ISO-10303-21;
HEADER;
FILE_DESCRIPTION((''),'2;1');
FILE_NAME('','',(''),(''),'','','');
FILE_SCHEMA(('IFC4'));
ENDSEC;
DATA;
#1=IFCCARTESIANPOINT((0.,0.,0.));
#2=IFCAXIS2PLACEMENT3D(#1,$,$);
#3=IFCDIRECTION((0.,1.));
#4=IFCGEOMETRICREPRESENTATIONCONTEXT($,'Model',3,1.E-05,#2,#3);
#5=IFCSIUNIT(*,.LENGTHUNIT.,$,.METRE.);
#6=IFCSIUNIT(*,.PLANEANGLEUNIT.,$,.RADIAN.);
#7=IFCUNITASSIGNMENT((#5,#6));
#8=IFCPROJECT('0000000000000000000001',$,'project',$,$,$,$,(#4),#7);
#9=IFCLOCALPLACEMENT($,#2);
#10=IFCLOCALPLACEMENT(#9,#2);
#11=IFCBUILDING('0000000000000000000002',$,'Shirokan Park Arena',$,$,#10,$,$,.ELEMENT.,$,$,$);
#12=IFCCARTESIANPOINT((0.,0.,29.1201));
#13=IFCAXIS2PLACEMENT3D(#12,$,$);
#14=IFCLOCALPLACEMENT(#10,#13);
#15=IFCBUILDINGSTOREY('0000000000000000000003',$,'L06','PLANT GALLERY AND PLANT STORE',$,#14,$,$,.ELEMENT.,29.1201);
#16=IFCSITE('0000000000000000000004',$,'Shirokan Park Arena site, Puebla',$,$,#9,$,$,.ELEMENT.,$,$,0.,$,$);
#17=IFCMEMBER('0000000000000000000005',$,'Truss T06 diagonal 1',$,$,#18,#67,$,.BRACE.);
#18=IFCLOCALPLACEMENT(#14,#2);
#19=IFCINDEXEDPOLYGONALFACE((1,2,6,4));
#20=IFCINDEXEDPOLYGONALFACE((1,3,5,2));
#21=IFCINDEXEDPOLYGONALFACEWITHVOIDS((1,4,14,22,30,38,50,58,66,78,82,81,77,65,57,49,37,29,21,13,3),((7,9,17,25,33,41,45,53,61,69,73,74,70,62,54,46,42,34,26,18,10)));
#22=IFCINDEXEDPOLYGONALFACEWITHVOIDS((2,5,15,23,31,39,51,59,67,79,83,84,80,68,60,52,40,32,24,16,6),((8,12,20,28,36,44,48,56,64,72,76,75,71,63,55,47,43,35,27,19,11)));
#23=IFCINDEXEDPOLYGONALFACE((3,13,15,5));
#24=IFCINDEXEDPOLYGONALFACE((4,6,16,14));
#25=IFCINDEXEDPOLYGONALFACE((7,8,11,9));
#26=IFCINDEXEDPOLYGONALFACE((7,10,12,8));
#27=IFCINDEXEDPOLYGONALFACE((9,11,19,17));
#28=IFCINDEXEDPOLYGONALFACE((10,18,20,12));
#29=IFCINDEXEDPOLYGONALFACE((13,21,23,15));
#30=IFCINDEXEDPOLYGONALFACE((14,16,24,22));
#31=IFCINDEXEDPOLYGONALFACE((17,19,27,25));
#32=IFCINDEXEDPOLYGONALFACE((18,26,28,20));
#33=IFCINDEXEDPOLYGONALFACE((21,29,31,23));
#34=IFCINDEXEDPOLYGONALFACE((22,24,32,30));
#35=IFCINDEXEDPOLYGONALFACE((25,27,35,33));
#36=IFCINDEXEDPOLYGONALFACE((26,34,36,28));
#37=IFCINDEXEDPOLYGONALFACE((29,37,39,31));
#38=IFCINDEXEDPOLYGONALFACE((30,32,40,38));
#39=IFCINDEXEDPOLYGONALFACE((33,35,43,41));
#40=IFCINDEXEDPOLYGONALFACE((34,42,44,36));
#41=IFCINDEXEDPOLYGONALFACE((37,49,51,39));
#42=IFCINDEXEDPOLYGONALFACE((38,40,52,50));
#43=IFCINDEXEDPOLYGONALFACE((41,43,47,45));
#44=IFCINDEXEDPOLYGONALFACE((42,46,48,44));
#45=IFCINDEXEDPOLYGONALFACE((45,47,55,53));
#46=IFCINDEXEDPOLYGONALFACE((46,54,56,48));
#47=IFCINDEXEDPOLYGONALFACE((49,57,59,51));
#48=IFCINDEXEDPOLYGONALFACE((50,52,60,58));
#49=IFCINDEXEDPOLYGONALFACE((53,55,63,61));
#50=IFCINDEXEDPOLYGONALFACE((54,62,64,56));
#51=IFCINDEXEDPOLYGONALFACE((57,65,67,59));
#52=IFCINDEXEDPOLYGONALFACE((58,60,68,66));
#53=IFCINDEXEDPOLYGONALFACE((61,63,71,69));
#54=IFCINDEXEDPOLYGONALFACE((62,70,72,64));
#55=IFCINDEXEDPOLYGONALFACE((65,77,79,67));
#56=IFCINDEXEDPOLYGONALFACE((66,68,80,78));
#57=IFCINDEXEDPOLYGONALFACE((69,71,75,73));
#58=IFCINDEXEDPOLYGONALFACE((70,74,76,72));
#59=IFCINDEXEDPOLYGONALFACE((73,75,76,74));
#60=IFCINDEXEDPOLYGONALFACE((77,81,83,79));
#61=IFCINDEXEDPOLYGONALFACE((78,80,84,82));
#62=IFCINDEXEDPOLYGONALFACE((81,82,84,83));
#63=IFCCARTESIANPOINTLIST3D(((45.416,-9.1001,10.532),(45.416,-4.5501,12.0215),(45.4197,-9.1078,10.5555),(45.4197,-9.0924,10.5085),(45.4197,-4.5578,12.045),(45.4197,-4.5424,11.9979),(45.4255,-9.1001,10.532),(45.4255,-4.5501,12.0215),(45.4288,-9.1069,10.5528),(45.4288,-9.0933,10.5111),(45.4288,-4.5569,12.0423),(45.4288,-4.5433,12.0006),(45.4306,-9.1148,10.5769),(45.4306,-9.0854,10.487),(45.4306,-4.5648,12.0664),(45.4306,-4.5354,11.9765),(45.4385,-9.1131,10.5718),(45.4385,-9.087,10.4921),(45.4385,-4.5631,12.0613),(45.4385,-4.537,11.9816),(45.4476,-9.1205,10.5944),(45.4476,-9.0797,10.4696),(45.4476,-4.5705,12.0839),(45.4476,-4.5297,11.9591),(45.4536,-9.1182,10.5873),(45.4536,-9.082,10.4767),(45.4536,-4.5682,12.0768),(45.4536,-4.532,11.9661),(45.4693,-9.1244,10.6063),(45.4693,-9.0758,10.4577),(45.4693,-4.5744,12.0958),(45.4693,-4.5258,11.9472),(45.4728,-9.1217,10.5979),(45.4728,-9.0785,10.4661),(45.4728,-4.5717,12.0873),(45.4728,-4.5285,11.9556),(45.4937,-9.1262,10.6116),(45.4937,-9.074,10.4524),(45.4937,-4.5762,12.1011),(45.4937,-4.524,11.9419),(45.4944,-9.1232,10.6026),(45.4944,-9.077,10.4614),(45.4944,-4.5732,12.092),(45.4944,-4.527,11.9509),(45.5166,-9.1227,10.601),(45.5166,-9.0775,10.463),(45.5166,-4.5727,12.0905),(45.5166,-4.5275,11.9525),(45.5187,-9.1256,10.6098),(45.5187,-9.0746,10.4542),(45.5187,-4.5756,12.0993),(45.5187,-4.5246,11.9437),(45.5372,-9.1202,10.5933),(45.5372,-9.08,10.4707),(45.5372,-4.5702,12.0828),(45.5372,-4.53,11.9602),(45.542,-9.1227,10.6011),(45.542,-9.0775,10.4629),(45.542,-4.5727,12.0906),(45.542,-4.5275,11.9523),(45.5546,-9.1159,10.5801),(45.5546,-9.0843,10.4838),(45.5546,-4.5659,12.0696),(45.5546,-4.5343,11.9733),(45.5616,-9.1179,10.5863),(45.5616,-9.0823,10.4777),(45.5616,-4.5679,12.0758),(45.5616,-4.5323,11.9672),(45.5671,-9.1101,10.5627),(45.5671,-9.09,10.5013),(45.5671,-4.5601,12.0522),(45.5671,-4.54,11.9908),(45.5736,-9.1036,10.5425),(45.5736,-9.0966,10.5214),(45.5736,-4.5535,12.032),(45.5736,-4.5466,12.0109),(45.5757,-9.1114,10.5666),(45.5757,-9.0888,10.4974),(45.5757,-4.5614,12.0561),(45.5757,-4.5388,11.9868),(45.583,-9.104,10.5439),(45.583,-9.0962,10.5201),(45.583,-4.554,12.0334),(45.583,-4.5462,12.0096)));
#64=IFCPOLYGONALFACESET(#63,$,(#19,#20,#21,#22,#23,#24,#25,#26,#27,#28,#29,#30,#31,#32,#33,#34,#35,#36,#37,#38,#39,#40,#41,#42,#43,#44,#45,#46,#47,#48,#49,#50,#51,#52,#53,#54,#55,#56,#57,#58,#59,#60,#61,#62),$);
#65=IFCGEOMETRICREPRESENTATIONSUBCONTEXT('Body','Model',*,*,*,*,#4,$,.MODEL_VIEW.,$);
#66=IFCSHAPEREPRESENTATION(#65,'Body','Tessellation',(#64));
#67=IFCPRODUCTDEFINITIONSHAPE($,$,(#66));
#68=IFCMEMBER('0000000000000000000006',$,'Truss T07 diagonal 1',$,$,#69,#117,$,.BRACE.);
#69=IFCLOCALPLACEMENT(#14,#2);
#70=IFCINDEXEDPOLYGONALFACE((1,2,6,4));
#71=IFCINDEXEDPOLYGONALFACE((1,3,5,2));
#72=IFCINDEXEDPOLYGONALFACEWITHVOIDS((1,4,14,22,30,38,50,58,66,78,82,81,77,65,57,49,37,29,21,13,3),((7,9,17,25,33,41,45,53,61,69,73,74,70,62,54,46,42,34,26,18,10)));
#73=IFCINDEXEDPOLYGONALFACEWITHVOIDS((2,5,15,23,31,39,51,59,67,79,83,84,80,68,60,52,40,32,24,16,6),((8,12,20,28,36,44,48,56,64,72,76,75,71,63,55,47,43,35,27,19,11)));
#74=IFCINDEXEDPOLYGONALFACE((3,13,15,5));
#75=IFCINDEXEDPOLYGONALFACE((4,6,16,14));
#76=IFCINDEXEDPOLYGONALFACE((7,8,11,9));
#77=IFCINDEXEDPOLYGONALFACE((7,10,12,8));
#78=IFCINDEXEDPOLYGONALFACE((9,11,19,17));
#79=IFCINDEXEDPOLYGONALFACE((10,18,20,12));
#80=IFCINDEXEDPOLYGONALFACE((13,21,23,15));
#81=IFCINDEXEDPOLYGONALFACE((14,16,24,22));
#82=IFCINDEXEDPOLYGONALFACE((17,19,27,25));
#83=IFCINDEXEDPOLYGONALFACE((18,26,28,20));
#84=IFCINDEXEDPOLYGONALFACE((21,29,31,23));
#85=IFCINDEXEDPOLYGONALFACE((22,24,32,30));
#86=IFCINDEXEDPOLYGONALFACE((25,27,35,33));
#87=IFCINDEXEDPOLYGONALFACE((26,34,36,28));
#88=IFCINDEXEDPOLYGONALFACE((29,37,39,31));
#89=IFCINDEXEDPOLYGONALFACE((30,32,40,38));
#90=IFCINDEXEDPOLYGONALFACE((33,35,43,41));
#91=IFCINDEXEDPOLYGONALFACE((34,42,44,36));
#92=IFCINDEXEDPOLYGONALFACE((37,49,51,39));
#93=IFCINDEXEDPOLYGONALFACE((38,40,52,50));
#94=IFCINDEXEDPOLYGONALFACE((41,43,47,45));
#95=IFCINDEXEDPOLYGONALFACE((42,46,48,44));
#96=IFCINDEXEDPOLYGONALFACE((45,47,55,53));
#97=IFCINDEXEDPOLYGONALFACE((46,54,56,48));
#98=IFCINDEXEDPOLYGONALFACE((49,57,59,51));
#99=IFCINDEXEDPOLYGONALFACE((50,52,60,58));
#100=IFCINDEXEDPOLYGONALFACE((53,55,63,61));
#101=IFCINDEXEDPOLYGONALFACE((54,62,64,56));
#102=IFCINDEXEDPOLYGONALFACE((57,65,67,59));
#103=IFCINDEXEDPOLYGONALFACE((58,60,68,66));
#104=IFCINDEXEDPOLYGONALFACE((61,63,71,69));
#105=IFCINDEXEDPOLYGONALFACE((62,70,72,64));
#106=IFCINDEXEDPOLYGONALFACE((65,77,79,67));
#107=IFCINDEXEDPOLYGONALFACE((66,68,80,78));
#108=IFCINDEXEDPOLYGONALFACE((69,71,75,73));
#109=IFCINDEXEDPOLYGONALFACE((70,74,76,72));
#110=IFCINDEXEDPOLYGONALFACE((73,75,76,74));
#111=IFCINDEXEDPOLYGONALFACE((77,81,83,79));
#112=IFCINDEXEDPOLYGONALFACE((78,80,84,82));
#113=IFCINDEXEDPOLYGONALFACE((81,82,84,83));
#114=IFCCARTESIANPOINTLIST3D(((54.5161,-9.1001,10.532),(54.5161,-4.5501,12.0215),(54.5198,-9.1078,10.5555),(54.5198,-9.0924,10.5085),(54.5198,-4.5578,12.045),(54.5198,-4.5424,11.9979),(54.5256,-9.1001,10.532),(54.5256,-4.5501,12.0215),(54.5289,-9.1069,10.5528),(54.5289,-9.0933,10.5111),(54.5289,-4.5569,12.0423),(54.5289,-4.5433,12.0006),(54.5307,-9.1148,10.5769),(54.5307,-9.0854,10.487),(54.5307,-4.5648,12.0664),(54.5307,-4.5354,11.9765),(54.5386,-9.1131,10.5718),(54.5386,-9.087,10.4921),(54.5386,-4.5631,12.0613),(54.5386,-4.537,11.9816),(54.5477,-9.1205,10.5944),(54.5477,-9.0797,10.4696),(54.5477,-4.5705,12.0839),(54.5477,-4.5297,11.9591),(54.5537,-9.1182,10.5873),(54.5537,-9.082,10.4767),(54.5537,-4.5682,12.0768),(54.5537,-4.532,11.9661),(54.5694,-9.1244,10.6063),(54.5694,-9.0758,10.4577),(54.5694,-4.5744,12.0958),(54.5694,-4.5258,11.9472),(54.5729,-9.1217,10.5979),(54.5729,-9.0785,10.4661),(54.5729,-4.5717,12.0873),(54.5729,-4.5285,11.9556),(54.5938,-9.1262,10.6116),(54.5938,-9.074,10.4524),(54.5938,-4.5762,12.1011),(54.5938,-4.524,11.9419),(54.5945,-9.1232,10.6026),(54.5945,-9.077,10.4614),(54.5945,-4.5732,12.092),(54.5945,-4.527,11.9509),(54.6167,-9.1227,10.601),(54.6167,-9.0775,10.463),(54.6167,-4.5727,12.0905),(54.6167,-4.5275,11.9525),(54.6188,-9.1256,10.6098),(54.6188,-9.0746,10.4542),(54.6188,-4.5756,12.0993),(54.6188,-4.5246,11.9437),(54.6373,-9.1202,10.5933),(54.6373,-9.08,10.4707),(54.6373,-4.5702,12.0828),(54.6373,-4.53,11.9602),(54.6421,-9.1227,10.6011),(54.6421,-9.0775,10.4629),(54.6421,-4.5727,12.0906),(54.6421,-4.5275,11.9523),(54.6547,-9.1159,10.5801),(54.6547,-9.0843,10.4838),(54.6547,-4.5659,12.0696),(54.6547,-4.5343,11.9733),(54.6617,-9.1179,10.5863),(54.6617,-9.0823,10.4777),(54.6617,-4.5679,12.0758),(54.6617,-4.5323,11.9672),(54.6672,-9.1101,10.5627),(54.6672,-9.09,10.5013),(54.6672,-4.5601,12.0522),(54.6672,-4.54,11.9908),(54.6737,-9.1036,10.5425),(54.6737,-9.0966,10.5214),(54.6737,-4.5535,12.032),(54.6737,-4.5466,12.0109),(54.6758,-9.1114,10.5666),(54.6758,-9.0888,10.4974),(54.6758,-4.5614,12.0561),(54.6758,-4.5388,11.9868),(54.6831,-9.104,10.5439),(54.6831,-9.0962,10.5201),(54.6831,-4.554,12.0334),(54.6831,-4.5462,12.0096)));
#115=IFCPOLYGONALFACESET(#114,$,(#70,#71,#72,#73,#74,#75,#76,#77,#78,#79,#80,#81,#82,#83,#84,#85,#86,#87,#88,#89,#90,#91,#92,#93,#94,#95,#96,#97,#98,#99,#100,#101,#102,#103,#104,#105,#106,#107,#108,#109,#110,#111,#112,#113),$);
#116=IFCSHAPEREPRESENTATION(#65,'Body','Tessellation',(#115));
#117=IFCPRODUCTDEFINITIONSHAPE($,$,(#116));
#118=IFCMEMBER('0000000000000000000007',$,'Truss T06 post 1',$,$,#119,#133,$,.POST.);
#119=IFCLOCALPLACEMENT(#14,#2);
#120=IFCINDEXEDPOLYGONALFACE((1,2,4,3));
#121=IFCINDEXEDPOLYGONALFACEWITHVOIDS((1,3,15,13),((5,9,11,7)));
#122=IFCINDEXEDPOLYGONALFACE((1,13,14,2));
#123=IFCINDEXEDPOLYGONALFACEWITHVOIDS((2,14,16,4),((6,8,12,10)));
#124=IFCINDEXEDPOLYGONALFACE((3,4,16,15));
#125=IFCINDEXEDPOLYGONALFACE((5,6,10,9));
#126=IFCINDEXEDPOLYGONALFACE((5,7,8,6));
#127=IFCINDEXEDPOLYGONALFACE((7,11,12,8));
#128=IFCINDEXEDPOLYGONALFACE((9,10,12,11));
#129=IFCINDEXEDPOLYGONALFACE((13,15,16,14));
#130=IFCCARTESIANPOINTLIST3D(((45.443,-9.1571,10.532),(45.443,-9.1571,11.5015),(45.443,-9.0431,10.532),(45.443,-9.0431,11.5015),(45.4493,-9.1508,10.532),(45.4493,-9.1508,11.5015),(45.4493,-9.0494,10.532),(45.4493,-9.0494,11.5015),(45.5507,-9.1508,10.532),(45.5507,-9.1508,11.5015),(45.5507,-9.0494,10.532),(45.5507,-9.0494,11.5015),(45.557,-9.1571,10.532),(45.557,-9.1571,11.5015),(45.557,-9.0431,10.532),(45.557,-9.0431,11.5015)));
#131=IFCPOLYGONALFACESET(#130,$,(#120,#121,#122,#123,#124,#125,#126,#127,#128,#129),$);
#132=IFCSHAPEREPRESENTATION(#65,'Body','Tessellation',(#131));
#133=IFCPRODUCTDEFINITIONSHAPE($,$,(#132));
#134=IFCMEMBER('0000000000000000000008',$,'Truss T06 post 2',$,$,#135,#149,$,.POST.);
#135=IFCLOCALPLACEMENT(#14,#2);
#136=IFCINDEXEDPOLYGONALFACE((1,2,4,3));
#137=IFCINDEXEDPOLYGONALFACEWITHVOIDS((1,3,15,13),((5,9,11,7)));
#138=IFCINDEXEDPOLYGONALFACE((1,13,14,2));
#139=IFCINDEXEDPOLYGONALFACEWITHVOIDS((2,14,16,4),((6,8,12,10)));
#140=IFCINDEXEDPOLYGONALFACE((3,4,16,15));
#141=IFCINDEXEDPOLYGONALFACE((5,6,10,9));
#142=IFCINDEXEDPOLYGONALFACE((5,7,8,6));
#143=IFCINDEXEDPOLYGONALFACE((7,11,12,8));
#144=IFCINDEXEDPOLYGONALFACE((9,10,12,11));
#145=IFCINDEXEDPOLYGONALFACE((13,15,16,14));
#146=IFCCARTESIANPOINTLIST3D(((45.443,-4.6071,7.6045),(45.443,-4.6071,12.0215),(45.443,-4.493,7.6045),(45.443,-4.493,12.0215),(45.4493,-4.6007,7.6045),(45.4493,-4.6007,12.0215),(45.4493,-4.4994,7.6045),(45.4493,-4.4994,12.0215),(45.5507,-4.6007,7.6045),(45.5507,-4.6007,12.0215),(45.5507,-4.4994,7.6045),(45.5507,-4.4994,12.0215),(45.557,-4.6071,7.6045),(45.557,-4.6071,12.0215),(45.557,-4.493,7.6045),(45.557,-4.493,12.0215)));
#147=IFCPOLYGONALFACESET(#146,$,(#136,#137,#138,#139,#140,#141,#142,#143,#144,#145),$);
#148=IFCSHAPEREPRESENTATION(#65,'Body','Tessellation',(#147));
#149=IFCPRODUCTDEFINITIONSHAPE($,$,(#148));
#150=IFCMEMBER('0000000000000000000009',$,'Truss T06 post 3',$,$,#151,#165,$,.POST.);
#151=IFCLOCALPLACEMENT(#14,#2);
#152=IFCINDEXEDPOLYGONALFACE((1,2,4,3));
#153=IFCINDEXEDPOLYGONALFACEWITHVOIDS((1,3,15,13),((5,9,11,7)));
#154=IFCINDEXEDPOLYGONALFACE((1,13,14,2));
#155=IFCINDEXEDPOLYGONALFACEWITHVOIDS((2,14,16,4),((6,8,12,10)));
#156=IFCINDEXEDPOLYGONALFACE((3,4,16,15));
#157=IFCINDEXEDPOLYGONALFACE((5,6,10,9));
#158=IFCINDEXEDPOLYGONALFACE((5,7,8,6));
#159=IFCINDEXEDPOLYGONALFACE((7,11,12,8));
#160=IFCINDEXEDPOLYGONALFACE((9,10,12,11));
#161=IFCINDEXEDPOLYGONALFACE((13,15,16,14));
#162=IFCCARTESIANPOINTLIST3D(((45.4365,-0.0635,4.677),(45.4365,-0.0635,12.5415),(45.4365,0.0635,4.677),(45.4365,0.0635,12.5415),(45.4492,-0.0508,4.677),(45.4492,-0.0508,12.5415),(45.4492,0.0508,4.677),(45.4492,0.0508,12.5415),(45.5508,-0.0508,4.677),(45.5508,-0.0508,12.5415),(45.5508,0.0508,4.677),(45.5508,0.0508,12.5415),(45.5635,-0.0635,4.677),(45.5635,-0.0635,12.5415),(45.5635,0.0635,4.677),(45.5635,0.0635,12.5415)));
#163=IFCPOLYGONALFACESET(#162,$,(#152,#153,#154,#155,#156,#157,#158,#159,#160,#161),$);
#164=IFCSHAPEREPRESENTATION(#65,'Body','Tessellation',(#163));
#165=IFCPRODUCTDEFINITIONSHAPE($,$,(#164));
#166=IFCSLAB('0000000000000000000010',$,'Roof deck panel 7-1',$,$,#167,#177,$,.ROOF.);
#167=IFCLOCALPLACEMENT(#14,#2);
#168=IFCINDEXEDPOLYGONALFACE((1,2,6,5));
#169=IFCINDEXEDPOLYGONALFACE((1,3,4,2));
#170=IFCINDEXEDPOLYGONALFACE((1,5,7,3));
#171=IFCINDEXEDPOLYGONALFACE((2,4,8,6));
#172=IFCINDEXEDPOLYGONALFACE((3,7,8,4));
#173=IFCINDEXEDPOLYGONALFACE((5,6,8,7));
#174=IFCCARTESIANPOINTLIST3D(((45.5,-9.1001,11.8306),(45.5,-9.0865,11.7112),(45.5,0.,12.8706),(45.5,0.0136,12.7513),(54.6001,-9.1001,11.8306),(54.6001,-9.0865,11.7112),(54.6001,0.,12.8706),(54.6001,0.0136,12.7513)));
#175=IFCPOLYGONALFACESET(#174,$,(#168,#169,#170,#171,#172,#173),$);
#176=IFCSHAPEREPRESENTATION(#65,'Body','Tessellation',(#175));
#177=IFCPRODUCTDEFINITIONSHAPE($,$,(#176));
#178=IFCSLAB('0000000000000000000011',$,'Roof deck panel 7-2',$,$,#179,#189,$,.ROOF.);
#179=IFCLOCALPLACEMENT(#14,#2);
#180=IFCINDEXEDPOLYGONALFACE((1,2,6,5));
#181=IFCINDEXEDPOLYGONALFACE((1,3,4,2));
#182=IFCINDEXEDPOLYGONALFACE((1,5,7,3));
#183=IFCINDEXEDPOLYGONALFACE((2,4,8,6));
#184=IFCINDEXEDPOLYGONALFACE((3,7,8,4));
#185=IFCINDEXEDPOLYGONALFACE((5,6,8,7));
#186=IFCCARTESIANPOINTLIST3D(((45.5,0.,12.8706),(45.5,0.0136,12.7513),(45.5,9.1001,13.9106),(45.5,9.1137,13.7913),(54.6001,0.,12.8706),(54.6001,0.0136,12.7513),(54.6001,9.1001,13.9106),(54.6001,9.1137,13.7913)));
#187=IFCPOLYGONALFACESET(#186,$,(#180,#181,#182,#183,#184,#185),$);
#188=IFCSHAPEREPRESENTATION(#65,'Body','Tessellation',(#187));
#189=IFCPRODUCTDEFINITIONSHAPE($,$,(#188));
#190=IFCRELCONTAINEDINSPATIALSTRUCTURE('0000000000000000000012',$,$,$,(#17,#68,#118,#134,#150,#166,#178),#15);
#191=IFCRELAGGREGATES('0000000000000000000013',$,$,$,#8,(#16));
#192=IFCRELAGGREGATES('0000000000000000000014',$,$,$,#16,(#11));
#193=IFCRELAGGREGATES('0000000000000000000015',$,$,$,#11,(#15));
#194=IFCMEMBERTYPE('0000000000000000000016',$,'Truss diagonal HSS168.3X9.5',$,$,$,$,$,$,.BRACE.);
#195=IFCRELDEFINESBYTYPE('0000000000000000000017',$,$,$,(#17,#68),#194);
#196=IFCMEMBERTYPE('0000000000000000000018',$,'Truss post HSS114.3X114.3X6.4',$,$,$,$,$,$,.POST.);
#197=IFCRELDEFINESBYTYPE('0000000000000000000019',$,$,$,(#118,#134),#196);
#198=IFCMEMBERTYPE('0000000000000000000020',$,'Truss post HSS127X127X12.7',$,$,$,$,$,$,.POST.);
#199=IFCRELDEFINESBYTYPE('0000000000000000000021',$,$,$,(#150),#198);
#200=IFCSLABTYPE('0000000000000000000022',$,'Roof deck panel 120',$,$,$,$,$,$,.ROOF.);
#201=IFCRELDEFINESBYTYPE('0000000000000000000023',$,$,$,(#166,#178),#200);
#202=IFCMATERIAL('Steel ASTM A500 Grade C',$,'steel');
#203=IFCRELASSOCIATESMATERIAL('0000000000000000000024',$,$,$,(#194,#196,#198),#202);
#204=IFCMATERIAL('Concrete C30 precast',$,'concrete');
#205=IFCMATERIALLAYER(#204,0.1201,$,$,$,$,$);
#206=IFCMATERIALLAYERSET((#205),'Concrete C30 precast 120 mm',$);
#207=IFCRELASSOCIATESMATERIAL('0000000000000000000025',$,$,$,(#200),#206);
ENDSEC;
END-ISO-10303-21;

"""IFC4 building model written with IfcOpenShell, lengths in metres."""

from ifc_helpers import new_model, si_unit, direction, frame, origin, origin_2d, place, context, subcontext, project, spatial, polyline, hollow_rectangle, hollow_circle, outline, extrude, material, layer, layer_set, material_profile, profile_set, type_object, element, save


model = new_model("IFC4")

# Units and contexts
model_context = context("Model", 3, precision=1e-05, world=origin(), true_north=direction((0.0, 1.0)))
body_context = subcontext(model_context, "Body", "Model", "MODEL_VIEW")
ifc_project = project(units=[si_unit("LENGTHUNIT", "METRE"), si_unit("PLANEANGLEUNIT", "RADIAN")], contexts=[model_context])

# Site, building, storey
site_placement = place(None, origin())
site = spatial("IfcSite", under=ifc_project, at=site_placement, Name="Shirokan Park Arena site, Puebla", CompositionType="ELEMENT", RefElevation=0.0)
building_placement = place(site_placement, origin())
building = spatial("IfcBuilding", under=site, at=building_placement, Name="Shirokan Park Arena", CompositionType="ELEMENT")
storey_placement = place(building_placement, frame((0.0, 0.0, 29.1201)))
storey = spatial("IfcBuildingStorey", under=building, at=storey_placement, Name="L06", Description="PLANT GALLERY AND PLANT STORE", CompositionType="ELEMENT", Elevation=29.1201)

# Shared definitions
ifc_material_1 = material(Name="Steel ASTM A500 Grade C", Category="steel")

# Members
ifc_material_profile_1 = material_profile(ifc_material_1, hollow_circle(Radius=0.084, WallThickness=0.0095, at=origin_2d()), Name="HSS168.3X9.5")
ifc_profile_set_1 = profile_set([ifc_material_profile_1], Name="Steel ASTM A500 Grade C")
member_type_1 = type_object("IfcMemberType", Name="Truss diagonal HSS168.3X9.5", PredefinedType="BRACE", material=ifc_profile_set_1)
for number, where, z_axis, x_axis, name in (
    (1, (45.5, -9.1001, 10.532), (0.0, 0.950373, 0.311114), (-1.0, 0.0, 0.0), "Truss T06 diagonal 1"),
    (2, (54.6001, -9.1001, 10.532), (0.0, 0.950373, 0.311114), (-1.0, 0.0, 0.0), "Truss T07 diagonal 1"),
):
    element("IfcMember", number, at=place(storey_placement, frame(where, z_axis=z_axis, x_axis=x_axis)), inside=storey, type_object=member_type_1, Name=name, PredefinedType="BRACE", context=body_context, shape_type="SweptSolid", body=[
        extrude(hollow_circle(Radius=0.084, WallThickness=0.0095, at=origin_2d()), origin(), (0.0, 0.0, 1.0), 4.7876),
    ])
ifc_material_profile_2 = material_profile(ifc_material_1, hollow_rectangle(XDim=0.114, YDim=0.114, WallThickness=0.0063, at=origin_2d()), Name="HSS114.3X114.3X6.4")
ifc_profile_set_2 = profile_set([ifc_material_profile_2], Name="Steel ASTM A500 Grade C")
member_type_2 = type_object("IfcMemberType", Name="Truss post HSS114.3X114.3X6.4", PredefinedType="POST", material=ifc_profile_set_2)
member_1_placement = place(storey_placement, frame((45.5, -9.1001, 10.532), z_axis=(0.0, 0.0, 1.0), x_axis=(1.0, 0.0, 0.0)))
element("IfcMember", 3, at=member_1_placement, inside=storey, type_object=member_type_2, Name="Truss T06 post 1", PredefinedType="POST", context=body_context, shape_type="SweptSolid", body=[
    extrude(hollow_rectangle(XDim=0.114, YDim=0.114, WallThickness=0.0063, at=origin_2d()), origin(), (0.0, 0.0, 1.0), 0.9695),
])
member_2_placement = place(storey_placement, frame((45.5, -4.55, 7.6045), z_axis=(0.0, 0.0, 1.0), x_axis=(1.0, 0.0, 0.0)))
element("IfcMember", 4, at=member_2_placement, inside=storey, type_object=member_type_2, Name="Truss T06 post 2", PredefinedType="POST", context=body_context, shape_type="SweptSolid", body=[
    extrude(hollow_rectangle(XDim=0.114, YDim=0.114, WallThickness=0.0063, at=origin_2d()), origin(), (0.0, 0.0, 1.0), 4.417),
])
ifc_material_profile_3 = material_profile(ifc_material_1, hollow_rectangle(XDim=0.127, YDim=0.127, WallThickness=0.0127, at=origin_2d()), Name="HSS127X127X12.7")
ifc_profile_set_3 = profile_set([ifc_material_profile_3], Name="Steel ASTM A500 Grade C")
member_type_3 = type_object("IfcMemberType", Name="Truss post HSS127X127X12.7", PredefinedType="POST", material=ifc_profile_set_3)
member_3_placement = place(storey_placement, frame((45.5, 0.0, 4.677), z_axis=(0.0, 0.0, 1.0), x_axis=(1.0, 0.0, 0.0)))
element("IfcMember", 5, at=member_3_placement, inside=storey, type_object=member_type_3, Name="Truss T06 post 3", PredefinedType="POST", context=body_context, shape_type="SweptSolid", body=[
    extrude(hollow_rectangle(XDim=0.127, YDim=0.127, WallThickness=0.0127, at=origin_2d()), origin(), (0.0, 0.0, 1.0), 7.8645),
])

# Slabs
ifc_material_2 = material(Name="Concrete C30 precast", Category="concrete")
ifc_layer_1 = layer(ifc_material_2, 0.1201)
ifc_layer_set_1 = layer_set([ifc_layer_1], Name="Concrete C30 precast 120 mm")
slab_type = type_object("IfcSlabType", Name="Roof deck panel 120", PredefinedType="ROOF", material=ifc_layer_set_1)
for number, where, z_axis, x_axis, name in (
    (6, (45.5, -9.1001, 11.8306), (0.0, -0.11355, 0.993532), (1.0, 0.0, 0.0), "Roof deck panel 7-1"),
    (7, (45.5, 0.0, 12.8706), (0.0, -0.11355, 0.993532), (1.0, 0.0, 0.0), "Roof deck panel 7-2"),
):
    element("IfcSlab", number, at=place(storey_placement, frame(where, z_axis=z_axis, x_axis=x_axis)), inside=storey, type_object=slab_type, Name=name, PredefinedType="ROOF", context=body_context, shape_type="SweptSolid", body=[
        extrude(outline(polyline([(0.0, 0.0), (9.1001, 0.0), (9.1001, 9.1593), (0.0, 9.1593), (0.0, 0.0)])), origin(), (0.0, 0.0, -1.0), 0.1201),
    ])

save(model, "model.ifc")
